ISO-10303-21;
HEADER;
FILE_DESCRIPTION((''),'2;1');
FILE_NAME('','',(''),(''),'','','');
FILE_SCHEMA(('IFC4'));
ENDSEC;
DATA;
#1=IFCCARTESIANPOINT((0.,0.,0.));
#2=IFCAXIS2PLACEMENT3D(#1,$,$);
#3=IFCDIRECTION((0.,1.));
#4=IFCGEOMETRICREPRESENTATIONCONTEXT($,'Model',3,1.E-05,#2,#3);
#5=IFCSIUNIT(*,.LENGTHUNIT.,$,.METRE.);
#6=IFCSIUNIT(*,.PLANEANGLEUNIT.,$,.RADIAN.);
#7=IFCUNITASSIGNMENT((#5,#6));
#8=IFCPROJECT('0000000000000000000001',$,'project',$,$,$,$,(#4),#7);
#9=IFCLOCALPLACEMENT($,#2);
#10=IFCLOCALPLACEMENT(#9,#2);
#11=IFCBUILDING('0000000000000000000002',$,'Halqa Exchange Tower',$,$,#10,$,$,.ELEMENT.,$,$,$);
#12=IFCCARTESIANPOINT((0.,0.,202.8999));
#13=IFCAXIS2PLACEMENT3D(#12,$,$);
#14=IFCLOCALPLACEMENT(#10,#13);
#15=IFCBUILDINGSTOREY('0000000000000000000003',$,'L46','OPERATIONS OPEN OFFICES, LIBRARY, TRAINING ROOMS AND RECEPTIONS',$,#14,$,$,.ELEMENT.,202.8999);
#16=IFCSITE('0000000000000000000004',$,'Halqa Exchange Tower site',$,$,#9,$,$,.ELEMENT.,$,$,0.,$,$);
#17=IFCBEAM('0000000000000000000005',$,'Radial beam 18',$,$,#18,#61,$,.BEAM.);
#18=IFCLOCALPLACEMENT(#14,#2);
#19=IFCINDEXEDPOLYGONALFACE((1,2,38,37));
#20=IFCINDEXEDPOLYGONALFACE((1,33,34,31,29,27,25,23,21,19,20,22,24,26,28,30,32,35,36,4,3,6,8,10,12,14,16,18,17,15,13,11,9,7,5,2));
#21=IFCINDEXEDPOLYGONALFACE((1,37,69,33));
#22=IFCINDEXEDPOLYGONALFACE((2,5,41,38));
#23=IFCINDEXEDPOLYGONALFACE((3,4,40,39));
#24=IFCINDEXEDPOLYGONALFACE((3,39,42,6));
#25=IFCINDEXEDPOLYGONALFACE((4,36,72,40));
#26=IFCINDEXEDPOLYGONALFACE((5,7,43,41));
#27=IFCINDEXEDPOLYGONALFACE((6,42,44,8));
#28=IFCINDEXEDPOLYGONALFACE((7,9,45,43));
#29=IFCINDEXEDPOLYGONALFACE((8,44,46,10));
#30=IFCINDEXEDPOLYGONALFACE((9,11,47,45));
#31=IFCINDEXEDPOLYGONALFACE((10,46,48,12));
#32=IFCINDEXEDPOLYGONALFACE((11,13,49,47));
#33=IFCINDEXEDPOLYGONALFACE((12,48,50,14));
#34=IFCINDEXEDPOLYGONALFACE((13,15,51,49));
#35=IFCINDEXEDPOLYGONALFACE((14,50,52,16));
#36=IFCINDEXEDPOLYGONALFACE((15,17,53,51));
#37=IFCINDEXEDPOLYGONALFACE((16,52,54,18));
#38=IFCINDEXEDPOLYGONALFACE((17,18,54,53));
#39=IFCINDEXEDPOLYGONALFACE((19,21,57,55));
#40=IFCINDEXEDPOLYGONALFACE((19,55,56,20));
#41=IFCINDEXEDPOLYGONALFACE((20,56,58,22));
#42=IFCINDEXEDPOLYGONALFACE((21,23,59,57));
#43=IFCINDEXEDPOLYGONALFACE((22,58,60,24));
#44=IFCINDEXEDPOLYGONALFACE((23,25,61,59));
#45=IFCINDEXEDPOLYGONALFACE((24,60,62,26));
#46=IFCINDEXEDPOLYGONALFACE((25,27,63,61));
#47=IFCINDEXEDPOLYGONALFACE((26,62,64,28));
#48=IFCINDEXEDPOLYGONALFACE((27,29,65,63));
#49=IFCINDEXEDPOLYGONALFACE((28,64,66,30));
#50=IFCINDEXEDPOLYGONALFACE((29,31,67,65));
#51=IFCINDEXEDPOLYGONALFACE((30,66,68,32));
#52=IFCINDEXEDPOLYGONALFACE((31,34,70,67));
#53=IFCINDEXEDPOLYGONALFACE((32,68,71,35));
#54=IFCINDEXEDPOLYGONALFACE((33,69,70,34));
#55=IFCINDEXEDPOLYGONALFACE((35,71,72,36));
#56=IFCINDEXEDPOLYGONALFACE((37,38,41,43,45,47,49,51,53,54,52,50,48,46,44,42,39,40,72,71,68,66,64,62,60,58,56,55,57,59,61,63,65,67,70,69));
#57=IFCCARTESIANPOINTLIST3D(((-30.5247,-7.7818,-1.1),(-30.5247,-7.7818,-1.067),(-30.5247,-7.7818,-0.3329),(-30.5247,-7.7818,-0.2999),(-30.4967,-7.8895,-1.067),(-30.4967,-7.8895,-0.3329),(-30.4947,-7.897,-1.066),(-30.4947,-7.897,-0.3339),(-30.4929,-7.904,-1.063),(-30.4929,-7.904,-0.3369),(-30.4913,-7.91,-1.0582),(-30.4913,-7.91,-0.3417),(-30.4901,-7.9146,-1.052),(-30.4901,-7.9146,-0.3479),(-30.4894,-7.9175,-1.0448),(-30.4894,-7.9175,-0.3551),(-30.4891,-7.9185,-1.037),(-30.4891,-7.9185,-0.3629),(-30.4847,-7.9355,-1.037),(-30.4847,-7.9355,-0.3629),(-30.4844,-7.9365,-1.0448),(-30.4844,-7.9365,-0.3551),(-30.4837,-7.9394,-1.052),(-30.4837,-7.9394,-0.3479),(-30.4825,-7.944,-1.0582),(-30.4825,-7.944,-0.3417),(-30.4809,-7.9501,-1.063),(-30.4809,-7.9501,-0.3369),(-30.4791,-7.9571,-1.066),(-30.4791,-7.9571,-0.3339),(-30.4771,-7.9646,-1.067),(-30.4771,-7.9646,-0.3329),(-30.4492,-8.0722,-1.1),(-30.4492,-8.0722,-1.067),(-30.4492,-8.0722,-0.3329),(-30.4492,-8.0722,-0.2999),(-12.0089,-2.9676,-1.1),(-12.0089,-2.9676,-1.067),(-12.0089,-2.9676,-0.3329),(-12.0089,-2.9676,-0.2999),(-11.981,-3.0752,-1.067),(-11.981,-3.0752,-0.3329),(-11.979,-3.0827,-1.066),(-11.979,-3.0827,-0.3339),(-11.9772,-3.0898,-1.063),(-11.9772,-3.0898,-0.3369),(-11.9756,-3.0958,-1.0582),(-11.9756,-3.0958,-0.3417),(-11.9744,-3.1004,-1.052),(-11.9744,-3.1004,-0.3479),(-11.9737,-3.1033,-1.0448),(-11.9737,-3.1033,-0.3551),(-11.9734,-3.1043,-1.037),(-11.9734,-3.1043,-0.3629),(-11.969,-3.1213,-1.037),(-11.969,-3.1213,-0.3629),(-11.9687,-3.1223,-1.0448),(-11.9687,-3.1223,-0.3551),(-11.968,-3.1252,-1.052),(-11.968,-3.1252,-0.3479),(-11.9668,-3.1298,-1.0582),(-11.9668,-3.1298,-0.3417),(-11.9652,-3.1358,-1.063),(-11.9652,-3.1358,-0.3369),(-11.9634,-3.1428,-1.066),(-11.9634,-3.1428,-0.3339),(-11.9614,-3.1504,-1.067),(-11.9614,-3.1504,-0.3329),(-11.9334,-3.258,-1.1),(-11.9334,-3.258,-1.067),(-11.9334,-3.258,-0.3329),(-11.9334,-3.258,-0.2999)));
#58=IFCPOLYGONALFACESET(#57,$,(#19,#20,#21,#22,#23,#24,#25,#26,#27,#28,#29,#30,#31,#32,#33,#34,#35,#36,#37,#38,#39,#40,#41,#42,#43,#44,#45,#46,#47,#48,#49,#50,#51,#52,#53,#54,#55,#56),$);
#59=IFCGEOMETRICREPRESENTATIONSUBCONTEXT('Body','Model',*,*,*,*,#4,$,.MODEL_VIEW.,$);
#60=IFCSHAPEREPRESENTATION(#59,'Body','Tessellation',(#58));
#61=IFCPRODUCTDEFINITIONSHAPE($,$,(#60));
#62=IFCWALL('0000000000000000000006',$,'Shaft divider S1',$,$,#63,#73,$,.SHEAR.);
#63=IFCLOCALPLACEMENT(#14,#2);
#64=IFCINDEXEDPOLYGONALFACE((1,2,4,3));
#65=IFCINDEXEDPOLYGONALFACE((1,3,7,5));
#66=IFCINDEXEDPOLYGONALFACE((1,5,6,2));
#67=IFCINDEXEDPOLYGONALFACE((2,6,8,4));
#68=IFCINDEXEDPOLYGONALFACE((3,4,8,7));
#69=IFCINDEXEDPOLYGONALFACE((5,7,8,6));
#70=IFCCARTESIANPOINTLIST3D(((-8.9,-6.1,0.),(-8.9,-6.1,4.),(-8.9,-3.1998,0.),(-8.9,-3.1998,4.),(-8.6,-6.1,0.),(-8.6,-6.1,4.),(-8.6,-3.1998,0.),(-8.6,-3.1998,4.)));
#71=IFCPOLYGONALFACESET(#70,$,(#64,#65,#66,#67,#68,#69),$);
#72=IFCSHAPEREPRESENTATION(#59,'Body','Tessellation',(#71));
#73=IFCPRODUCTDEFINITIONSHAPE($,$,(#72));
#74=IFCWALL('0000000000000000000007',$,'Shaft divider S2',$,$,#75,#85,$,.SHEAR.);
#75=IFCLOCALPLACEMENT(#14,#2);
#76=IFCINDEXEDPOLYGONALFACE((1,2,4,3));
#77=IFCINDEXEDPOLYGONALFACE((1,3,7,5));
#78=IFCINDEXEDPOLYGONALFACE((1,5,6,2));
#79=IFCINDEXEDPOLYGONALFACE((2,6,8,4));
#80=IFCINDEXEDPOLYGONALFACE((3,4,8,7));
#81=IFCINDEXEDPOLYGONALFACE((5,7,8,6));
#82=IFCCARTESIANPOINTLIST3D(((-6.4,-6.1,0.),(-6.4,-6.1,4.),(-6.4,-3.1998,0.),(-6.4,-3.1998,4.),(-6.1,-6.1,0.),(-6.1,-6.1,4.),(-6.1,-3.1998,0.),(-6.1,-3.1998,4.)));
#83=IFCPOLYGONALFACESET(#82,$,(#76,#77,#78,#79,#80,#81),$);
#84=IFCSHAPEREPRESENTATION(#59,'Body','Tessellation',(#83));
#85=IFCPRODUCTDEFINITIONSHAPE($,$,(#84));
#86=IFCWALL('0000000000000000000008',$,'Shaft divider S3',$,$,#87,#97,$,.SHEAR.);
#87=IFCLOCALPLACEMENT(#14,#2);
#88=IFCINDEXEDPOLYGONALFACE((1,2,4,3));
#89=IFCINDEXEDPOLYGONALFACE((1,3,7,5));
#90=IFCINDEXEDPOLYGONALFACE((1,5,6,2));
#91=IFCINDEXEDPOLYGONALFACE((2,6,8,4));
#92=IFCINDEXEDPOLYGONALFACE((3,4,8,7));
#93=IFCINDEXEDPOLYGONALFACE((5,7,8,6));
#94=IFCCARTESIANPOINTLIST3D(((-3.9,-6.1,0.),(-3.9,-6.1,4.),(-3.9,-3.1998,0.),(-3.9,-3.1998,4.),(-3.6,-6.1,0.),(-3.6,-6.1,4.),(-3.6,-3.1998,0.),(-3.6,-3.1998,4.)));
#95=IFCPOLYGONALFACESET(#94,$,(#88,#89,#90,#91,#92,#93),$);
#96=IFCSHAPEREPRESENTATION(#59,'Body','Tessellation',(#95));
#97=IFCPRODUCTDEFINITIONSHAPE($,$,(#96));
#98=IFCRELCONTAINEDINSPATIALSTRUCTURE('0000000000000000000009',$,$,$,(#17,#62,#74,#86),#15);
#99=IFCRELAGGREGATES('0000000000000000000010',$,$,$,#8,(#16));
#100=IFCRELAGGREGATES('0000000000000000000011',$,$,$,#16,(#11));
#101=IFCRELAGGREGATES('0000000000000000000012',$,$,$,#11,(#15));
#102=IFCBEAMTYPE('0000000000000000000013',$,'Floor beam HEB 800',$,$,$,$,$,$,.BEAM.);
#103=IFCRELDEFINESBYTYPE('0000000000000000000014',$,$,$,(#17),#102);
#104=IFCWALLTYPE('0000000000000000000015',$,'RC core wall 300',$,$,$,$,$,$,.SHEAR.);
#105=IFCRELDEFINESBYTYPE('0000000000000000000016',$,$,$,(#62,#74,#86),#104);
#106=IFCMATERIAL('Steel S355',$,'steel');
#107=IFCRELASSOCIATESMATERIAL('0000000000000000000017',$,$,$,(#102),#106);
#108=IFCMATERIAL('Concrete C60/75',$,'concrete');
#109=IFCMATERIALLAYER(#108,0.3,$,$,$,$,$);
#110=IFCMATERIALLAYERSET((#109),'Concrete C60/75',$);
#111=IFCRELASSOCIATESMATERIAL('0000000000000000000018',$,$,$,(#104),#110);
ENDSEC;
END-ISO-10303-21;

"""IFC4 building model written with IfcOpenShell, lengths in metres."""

from ifc_helpers import new_model, si_unit, direction, frame, frame_2d, origin, origin_2d, place, context, subcontext, project, spatial, rectangle, i_section, extrude, material, layer, layer_set, material_profile, profile_set, type_object, element, save


model = new_model("IFC4")

# Units and contexts
model_context = context("Model", 3, precision=1e-05, world=origin(), true_north=direction((0.0, 1.0)))
body_context = subcontext(model_context, "Body", "Model", "MODEL_VIEW")
ifc_project = project(units=[si_unit("LENGTHUNIT", "METRE"), si_unit("PLANEANGLEUNIT", "RADIAN")], contexts=[model_context])

# Site, building, storey
site_placement = place(None, origin())
site = spatial("IfcSite", under=ifc_project, at=site_placement, Name="Halqa Exchange Tower site", CompositionType="ELEMENT", RefElevation=0.0)
building_placement = place(site_placement, origin())
building = spatial("IfcBuilding", under=site, at=building_placement, Name="Halqa Exchange Tower", CompositionType="ELEMENT")
storey_placement = place(building_placement, frame((0.0, 0.0, 202.8999)))
storey = spatial("IfcBuildingStorey", under=building, at=storey_placement, Name="L46", Description="OPERATIONS OPEN OFFICES, LIBRARY, TRAINING ROOMS AND RECEPTIONS", CompositionType="ELEMENT", Elevation=202.8999)

# Beam
ifc_material_1 = material(Name="Steel S355", Category="steel")
ifc_material_profile = material_profile(ifc_material_1, i_section(OverallWidth=0.3, OverallDepth=0.8, WebThickness=0.0176, FlangeThickness=0.033, FilletRadius=0.03, at=origin_2d()), Name="HEB 800")
ifc_profile_set = profile_set([ifc_material_profile], Name="Steel S355")
beam_type = type_object("IfcBeamType", Name="Floor beam HEB 800", PredefinedType="BEAM", material=ifc_profile_set)
beam_placement = place(storey_placement, frame((-11.9712, -3.1128, -0.7), z_axis=(-0.967821, -0.251641, 0.0), x_axis=(0.251641, -0.967821, 0.0)))
element("IfcBeam", 1, at=beam_placement, inside=storey, type_object=beam_type, Name="Radial beam 18", PredefinedType="BEAM", context=body_context, shape_type="SweptSolid", body=[
    extrude(i_section(OverallWidth=0.3, OverallDepth=0.8, WebThickness=0.0176, FlangeThickness=0.033, FilletRadius=0.03, at=origin_2d()), origin(), (0.0, 0.0, 1.0), 19.1313),
])

# Walls
ifc_material_2 = material(Name="Concrete C60/75", Category="concrete")
ifc_layer_1 = layer(ifc_material_2, 0.3)
ifc_layer_set_1 = layer_set([ifc_layer_1], Name="Concrete C60/75")
wall_type_1 = type_object("IfcWallType", Name="RC core wall 300", PredefinedType="SHEAR", material=ifc_layer_set_1)
for number, where, z_axis, x_axis, name in (
    (2, (-8.75, -6.1001, 0.0), (0.0, 0.0, 1.0), (0.0, 1.0, 0.0), "Shaft divider S1"),
    (3, (-6.25, -6.1001, 0.0), (0.0, 0.0, 1.0), (0.0, 1.0, 0.0), "Shaft divider S2"),
    (4, (-3.75, -6.1001, 0.0), (0.0, 0.0, 1.0), (0.0, 1.0, 0.0), "Shaft divider S3"),
):
    element("IfcWall", number, at=place(storey_placement, frame(where, z_axis=z_axis, x_axis=x_axis)), inside=storey, type_object=wall_type_1, Name=name, PredefinedType="SHEAR", context=body_context, shape_type="SweptSolid", body=[
        extrude(rectangle(XDim=2.9001, YDim=0.3, at=frame_2d((1.4502, 0.0))), origin(), (0.0, 0.0, 1.0), 4.0),
    ])

save(model, "model.ifc")
